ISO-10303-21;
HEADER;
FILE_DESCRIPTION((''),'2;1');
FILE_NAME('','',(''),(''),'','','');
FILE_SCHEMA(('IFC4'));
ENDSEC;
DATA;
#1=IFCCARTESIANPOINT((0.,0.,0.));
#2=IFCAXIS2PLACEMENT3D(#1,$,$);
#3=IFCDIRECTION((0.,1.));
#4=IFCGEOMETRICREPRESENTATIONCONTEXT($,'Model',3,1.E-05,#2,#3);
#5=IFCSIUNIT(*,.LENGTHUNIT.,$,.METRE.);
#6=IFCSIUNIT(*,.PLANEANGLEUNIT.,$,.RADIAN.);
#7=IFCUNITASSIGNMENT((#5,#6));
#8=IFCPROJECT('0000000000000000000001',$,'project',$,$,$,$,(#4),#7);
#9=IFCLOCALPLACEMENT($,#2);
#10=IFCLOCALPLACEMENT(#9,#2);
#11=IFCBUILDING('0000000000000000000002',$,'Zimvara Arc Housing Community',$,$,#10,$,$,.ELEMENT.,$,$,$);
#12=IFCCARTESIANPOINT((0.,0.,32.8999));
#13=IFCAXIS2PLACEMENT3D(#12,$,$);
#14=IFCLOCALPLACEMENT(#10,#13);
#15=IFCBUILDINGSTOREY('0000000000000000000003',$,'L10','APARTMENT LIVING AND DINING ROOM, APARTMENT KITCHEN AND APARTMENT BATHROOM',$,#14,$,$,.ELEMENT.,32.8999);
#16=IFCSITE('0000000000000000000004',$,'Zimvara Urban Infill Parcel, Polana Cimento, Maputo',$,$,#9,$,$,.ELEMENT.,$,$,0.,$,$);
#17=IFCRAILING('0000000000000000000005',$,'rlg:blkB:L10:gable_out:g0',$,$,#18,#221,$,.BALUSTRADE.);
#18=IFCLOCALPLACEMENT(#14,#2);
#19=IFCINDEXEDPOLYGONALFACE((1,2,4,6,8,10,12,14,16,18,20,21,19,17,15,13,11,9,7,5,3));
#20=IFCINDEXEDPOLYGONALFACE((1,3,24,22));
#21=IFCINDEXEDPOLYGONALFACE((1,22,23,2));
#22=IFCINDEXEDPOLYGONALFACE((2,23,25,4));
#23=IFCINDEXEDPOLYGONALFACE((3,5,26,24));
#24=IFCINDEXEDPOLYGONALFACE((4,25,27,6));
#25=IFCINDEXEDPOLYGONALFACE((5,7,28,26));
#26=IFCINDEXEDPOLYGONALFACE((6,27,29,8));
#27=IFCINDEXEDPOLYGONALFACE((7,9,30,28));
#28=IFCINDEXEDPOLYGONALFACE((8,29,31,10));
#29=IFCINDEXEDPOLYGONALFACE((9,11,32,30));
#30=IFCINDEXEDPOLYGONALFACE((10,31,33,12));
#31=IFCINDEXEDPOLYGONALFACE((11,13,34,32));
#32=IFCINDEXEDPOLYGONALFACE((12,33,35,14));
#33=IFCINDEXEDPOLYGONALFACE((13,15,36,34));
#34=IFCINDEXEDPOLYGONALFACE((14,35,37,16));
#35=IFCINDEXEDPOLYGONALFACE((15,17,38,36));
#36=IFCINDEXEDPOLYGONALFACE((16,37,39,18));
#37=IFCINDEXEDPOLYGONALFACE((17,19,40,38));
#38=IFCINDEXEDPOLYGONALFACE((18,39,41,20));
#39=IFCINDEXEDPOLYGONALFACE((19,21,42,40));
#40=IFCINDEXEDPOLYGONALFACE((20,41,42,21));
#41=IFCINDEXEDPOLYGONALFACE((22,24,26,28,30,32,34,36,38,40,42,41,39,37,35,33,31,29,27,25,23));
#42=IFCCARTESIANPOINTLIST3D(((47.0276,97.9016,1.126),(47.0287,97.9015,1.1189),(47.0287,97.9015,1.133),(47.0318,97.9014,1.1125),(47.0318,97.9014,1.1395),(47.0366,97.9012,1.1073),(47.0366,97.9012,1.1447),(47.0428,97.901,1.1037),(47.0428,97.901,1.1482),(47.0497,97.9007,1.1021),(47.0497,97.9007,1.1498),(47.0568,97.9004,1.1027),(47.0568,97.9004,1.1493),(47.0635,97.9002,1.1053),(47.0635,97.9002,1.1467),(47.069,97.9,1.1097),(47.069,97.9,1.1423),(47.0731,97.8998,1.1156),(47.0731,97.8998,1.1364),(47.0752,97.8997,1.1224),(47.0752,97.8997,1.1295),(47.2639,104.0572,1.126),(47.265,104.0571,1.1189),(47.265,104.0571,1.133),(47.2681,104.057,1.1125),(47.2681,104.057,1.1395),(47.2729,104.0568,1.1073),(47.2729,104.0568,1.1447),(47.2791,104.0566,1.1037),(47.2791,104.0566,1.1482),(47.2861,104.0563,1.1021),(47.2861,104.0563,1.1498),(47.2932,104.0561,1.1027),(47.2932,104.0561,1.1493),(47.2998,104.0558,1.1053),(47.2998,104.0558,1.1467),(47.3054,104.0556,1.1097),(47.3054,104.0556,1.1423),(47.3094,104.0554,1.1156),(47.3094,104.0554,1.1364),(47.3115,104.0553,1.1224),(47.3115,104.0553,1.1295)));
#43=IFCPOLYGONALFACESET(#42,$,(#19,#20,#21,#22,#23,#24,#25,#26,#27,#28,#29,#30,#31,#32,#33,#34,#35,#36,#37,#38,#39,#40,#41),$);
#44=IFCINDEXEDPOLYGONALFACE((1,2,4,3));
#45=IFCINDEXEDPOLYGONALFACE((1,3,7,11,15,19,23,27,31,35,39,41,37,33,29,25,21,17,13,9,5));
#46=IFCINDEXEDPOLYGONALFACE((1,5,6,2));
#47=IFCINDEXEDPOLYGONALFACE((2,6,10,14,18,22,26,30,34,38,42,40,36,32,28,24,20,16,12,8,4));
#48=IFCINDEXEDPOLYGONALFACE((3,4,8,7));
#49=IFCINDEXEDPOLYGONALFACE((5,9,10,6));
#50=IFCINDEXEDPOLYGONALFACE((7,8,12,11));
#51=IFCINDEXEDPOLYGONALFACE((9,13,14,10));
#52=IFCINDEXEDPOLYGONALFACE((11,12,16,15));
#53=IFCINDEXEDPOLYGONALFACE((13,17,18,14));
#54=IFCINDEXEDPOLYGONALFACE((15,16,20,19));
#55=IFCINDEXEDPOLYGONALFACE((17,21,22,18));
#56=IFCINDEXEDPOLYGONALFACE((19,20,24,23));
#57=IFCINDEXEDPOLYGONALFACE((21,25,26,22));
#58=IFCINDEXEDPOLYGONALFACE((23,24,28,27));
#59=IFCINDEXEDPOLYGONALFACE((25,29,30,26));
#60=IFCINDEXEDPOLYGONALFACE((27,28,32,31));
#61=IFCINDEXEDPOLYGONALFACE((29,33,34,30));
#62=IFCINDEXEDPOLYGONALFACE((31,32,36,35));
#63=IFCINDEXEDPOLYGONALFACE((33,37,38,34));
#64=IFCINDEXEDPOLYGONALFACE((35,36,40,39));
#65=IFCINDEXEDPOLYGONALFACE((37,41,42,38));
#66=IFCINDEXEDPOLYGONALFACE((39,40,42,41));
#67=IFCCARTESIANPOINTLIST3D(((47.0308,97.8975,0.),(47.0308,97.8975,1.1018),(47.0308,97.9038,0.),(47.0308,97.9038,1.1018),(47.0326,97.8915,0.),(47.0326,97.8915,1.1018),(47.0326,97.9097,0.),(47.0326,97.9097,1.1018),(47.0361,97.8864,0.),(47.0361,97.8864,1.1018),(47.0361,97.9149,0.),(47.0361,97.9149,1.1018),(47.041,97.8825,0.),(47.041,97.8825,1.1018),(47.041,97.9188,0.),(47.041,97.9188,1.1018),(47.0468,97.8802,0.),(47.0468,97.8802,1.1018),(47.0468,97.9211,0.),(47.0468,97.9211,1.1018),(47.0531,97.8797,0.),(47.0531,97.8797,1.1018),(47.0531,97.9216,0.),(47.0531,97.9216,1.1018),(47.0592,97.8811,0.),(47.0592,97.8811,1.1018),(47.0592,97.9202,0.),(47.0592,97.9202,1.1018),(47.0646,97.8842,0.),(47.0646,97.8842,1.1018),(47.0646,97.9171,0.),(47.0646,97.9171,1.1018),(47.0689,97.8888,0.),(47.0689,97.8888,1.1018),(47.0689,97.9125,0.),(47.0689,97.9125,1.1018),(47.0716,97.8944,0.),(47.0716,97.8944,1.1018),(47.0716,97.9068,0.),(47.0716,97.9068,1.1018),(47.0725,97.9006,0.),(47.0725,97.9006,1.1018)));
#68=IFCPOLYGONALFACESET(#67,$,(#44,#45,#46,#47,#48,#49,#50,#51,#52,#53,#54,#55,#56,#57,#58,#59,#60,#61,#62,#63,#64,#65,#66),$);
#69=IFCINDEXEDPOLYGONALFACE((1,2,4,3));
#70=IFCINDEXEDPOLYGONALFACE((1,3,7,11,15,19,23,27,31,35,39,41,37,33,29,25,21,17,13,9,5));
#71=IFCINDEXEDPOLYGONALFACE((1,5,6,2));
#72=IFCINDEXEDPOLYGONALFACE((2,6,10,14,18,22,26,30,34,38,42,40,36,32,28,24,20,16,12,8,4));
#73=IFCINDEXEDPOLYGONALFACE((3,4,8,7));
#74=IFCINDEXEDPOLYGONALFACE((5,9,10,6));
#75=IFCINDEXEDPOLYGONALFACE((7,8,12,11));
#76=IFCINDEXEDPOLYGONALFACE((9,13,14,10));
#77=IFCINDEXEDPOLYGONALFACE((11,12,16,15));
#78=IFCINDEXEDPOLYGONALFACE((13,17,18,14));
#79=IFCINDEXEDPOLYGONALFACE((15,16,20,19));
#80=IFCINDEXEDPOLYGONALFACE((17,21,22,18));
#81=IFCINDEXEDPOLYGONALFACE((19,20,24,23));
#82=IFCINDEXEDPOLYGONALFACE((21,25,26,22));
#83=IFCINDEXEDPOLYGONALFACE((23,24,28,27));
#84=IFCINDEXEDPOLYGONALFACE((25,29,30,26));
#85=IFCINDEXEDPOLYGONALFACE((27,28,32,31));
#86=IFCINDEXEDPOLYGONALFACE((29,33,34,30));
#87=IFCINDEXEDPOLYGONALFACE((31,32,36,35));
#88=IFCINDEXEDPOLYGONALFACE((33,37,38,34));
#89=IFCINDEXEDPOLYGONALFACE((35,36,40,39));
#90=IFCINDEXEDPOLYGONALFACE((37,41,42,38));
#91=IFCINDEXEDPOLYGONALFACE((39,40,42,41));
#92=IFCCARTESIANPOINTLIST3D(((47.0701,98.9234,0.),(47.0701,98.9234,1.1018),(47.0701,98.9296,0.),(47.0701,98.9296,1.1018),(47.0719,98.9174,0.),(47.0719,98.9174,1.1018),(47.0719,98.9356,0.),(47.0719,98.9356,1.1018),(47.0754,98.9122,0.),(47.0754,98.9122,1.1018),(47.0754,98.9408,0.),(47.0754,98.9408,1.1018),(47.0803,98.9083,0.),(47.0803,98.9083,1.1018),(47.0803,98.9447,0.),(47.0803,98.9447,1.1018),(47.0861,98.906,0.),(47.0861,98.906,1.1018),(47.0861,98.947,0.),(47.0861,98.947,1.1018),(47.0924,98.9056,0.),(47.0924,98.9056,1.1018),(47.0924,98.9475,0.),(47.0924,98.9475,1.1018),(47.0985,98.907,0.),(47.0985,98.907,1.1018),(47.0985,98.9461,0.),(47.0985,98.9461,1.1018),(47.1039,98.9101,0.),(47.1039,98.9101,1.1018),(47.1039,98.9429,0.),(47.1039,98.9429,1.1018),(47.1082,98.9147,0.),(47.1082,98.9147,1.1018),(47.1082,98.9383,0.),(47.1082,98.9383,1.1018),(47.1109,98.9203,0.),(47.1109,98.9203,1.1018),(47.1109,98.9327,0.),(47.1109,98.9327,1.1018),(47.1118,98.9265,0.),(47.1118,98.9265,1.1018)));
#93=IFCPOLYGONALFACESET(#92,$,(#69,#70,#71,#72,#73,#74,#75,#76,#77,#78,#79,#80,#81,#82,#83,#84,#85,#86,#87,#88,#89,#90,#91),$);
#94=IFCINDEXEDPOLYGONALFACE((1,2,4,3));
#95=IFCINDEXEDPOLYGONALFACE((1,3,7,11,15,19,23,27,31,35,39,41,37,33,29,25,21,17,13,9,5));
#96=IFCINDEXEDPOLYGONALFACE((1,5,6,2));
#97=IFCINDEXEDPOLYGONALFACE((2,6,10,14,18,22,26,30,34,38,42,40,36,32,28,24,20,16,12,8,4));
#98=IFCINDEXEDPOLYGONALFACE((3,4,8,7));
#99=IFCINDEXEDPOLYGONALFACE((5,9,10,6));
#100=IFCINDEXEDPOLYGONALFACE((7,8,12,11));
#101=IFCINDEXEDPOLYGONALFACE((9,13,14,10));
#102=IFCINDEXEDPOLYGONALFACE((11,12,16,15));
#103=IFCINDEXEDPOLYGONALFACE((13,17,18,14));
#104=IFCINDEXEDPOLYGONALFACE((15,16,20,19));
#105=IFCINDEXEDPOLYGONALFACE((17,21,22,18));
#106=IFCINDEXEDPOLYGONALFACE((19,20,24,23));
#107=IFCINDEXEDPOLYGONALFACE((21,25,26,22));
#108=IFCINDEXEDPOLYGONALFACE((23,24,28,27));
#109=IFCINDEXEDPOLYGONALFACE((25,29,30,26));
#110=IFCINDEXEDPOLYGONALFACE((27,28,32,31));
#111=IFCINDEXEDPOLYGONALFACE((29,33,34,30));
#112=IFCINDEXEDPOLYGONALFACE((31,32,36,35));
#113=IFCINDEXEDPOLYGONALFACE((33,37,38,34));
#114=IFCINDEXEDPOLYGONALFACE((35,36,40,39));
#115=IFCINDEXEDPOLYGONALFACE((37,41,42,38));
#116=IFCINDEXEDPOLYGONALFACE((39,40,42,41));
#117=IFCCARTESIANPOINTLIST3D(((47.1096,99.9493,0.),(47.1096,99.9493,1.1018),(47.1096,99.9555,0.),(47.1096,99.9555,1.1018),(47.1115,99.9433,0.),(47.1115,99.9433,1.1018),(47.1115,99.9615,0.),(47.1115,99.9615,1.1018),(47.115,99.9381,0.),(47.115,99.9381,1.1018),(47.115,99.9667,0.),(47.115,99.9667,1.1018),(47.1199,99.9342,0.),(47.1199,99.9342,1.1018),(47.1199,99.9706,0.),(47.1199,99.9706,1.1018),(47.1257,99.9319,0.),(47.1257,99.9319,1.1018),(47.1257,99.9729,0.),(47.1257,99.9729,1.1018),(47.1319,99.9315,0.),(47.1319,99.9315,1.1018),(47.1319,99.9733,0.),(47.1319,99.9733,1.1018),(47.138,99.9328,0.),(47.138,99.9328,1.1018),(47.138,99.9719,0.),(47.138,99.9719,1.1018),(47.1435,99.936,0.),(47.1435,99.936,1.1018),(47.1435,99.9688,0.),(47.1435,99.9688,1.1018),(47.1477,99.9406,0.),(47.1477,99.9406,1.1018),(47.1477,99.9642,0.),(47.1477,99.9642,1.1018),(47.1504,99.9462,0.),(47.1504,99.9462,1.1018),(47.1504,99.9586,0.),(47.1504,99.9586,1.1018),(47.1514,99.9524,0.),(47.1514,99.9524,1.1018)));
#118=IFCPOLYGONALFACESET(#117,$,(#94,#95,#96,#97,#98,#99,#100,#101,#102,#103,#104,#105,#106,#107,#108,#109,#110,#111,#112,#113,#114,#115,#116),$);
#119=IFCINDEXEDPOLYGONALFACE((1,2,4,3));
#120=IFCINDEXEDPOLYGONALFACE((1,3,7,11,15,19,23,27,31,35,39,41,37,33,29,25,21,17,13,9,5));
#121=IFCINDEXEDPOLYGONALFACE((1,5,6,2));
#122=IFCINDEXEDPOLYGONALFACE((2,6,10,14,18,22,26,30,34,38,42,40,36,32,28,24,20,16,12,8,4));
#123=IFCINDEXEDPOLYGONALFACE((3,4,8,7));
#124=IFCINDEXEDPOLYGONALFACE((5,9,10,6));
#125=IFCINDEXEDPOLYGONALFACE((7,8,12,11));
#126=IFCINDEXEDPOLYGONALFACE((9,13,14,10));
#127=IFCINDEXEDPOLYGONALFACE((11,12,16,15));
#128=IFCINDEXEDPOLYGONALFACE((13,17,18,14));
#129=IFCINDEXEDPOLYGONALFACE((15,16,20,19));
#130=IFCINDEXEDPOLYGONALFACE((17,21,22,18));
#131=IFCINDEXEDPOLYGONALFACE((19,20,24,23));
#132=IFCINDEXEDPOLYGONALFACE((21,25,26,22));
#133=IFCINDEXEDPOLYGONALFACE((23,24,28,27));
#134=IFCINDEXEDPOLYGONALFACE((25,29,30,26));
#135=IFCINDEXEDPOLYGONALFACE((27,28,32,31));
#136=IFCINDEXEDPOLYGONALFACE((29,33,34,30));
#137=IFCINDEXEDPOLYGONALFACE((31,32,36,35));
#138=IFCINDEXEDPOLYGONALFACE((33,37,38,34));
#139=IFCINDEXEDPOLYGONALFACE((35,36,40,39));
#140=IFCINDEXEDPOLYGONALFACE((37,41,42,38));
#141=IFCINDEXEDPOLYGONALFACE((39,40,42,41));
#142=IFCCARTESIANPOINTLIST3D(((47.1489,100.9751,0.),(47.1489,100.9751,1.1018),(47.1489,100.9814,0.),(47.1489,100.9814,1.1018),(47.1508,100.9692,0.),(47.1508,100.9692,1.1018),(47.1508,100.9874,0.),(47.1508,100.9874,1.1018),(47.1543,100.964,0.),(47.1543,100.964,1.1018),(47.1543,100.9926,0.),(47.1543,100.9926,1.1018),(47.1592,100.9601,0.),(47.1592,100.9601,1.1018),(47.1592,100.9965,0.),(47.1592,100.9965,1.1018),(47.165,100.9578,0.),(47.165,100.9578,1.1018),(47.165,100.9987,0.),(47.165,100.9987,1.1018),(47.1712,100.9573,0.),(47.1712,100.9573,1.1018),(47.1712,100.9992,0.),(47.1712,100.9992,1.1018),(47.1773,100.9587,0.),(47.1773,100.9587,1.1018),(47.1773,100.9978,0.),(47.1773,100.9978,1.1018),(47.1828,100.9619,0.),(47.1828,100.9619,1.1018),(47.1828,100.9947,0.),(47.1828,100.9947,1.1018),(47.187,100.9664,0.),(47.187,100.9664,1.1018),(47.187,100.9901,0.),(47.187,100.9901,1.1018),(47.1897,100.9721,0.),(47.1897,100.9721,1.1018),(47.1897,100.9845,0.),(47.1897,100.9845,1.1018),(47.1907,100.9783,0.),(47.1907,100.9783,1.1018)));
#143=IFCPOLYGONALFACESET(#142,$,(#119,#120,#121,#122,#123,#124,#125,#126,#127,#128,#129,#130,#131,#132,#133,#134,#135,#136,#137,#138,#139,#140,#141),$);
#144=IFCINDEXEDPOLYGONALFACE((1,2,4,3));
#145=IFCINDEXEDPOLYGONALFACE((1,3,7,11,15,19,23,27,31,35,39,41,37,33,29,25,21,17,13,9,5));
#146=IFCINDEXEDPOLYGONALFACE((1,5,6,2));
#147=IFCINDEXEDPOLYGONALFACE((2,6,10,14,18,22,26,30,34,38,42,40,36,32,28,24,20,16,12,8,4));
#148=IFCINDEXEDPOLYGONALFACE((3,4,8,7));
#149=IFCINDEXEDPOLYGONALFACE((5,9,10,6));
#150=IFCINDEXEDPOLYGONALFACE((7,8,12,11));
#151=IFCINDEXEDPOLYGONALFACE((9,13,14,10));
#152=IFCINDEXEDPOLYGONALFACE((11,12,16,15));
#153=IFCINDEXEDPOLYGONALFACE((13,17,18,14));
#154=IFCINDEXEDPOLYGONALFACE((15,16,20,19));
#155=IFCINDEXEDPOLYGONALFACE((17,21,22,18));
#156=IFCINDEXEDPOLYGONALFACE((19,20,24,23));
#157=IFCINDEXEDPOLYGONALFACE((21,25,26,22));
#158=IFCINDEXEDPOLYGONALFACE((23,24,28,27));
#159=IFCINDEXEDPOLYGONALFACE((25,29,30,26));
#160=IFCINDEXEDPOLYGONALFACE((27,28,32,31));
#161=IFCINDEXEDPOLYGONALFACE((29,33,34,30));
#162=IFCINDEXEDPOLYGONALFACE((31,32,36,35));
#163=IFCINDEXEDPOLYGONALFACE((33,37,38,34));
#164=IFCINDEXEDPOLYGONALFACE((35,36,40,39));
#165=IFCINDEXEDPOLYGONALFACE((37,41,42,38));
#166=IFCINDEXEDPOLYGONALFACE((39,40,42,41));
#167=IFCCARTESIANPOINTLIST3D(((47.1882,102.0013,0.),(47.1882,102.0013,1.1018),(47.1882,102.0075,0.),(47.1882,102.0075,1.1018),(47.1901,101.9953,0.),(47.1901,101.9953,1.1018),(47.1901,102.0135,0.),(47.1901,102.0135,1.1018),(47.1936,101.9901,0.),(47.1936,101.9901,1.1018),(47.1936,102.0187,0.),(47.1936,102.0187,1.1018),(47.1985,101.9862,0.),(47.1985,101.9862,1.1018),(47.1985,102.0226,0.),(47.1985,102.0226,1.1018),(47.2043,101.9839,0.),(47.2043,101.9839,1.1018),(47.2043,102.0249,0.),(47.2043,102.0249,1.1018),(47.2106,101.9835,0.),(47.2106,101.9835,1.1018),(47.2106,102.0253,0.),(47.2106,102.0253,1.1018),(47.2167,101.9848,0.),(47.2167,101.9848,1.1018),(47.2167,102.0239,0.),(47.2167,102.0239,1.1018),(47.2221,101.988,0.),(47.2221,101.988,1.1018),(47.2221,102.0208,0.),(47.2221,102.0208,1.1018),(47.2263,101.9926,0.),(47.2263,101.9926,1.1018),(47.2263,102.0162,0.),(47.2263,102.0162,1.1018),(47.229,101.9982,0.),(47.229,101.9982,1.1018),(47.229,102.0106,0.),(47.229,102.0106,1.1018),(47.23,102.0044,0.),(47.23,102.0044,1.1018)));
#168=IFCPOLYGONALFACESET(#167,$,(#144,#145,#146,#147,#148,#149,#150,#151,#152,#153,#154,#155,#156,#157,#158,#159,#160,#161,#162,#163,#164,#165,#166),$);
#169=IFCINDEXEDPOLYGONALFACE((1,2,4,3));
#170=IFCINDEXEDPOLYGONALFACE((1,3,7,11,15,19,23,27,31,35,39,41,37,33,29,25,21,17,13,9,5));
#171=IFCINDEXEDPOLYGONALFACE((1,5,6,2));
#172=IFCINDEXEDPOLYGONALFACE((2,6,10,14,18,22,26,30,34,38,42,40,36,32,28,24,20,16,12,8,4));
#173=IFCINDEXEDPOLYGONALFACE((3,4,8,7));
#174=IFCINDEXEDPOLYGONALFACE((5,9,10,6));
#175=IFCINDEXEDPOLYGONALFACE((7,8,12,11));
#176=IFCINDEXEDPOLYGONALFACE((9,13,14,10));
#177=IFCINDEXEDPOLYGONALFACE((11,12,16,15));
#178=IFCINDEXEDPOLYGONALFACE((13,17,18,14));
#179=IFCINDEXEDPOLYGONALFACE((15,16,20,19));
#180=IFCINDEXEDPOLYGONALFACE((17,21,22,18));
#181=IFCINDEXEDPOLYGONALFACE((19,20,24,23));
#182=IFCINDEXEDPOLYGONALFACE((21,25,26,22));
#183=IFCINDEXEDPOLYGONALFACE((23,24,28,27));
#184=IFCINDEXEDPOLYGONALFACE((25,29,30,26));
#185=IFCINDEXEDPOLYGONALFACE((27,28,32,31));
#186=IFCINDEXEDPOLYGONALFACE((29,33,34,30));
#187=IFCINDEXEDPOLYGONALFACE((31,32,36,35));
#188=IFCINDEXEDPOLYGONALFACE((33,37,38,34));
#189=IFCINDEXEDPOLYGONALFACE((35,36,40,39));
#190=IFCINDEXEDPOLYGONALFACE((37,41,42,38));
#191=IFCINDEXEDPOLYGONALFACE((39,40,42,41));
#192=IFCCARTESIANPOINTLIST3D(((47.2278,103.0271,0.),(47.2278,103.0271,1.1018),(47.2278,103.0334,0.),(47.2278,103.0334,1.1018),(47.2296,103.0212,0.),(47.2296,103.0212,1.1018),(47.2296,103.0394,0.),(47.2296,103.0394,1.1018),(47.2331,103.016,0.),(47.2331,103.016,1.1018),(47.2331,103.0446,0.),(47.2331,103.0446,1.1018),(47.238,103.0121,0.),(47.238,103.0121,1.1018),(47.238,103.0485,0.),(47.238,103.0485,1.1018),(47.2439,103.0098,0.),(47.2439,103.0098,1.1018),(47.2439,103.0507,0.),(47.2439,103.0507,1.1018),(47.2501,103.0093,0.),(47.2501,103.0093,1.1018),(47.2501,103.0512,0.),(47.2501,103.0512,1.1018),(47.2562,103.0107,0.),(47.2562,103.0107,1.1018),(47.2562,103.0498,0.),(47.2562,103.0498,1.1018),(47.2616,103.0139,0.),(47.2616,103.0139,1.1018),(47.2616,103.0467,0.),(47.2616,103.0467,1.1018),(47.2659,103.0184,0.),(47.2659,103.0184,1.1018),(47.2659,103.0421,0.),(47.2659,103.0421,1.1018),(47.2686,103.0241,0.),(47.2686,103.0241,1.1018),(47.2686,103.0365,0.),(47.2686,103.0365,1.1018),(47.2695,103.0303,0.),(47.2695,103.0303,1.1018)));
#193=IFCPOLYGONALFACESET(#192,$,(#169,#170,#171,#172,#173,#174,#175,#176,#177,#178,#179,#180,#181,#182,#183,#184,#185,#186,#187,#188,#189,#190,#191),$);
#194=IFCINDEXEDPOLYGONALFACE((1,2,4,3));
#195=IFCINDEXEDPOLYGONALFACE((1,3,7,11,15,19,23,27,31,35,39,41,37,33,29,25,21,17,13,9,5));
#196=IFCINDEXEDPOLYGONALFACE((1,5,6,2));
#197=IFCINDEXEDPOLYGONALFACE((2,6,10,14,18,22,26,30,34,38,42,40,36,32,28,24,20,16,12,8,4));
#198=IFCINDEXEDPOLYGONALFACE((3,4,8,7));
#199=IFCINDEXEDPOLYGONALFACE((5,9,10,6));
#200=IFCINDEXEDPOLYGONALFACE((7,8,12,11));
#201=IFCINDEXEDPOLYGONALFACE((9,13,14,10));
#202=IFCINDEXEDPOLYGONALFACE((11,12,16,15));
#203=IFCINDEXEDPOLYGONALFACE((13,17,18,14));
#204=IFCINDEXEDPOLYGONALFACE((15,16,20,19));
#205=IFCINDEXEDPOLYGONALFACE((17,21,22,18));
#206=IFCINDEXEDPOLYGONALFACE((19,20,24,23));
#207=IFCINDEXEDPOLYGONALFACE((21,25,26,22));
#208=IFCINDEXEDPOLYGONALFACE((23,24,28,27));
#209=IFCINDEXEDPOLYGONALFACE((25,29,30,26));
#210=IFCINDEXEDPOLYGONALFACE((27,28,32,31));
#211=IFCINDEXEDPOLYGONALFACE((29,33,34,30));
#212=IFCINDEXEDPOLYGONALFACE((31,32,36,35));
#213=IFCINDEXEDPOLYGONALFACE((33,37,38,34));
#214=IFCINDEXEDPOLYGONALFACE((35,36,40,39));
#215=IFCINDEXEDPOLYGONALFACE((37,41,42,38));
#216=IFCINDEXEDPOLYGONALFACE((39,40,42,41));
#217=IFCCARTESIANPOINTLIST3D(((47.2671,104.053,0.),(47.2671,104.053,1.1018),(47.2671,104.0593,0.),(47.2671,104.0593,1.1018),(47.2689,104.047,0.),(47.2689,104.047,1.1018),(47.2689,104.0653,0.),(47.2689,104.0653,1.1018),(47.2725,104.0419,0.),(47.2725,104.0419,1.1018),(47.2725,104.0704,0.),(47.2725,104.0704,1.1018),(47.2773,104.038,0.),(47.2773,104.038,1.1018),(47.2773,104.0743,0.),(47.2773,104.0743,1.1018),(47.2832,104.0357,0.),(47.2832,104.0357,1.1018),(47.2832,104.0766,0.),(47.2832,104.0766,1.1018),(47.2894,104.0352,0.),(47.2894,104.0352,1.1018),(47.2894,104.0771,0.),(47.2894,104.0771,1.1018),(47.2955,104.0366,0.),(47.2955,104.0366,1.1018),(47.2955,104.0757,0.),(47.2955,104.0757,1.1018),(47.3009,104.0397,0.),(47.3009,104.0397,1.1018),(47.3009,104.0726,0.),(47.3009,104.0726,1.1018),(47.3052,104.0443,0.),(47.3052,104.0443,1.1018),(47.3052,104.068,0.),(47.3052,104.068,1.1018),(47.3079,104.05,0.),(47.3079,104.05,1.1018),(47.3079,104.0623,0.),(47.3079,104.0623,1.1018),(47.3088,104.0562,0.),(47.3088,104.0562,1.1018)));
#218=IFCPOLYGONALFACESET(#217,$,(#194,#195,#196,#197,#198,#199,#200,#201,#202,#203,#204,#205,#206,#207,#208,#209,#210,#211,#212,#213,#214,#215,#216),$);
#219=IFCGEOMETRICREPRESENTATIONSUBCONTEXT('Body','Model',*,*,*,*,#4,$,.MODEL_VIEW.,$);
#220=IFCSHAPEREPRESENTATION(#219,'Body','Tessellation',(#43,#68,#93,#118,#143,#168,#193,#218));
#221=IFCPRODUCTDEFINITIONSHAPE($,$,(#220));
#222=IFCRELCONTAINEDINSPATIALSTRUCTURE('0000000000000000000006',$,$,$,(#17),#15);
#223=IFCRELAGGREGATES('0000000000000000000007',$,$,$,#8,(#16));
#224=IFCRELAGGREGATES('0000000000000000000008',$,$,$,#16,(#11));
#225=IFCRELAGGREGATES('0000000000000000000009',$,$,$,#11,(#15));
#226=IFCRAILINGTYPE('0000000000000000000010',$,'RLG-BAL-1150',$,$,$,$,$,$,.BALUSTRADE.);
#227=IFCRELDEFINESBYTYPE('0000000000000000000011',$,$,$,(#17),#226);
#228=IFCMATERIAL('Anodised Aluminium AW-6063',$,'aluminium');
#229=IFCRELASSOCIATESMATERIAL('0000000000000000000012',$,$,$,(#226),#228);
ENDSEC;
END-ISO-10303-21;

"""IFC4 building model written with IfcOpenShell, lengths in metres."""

from ifc_helpers import new_model, si_unit, direction, frame, origin, origin_2d, place, context, subcontext, project, spatial, circle, extrude, material, type_object, element, save


model = new_model("IFC4")

# Units and contexts
model_context = context("Model", 3, precision=1e-05, world=origin(), true_north=direction((0.0, 1.0)))
body_context = subcontext(model_context, "Body", "Model", "MODEL_VIEW")
ifc_project = project(units=[si_unit("LENGTHUNIT", "METRE"), si_unit("PLANEANGLEUNIT", "RADIAN")], contexts=[model_context])

# Site, building, storey
site_placement = place(None, origin())
site = spatial("IfcSite", under=ifc_project, at=site_placement, Name="Zimvara Urban Infill Parcel, Polana Cimento, Maputo", CompositionType="ELEMENT", RefElevation=0.0)
building_placement = place(site_placement, origin())
building = spatial("IfcBuilding", under=site, at=building_placement, Name="Zimvara Arc Housing Community", CompositionType="ELEMENT")
storey_placement = place(building_placement, frame((0.0, 0.0, 32.8999)))
storey = spatial("IfcBuildingStorey", under=building, at=storey_placement, Name="L10", Description="APARTMENT LIVING AND DINING ROOM, APARTMENT KITCHEN AND APARTMENT BATHROOM", CompositionType="ELEMENT", Elevation=32.8999)

# Railing
ifc_material_1 = material(Name="Anodised Aluminium AW-6063", Category="aluminium")
railing_type = type_object("IfcRailingType", Name="RLG-BAL-1150", PredefinedType="BALUSTRADE", material=ifc_material_1)
railing_1_placement = place(storey_placement, frame((47.0515, 97.9006, 0.0)))
element("IfcRailing", 1, at=railing_1_placement, inside=storey, type_object=railing_type, Name="rlg:blkB:L10:gable_out:g0", PredefinedType="BALUSTRADE", context=body_context, shape_type="SweptSolid", body=[
    extrude(circle(Radius=0.0239, at=origin_2d()), frame((0.0, 0.0, 1.126), z_axis=(0.038365, 0.999264, 0.0), x_axis=(-0.999264, 0.038365, 0.0)), (0.0, 0.0, 1.0), 6.1602),
    extrude(circle(Radius=0.021, at=origin_2d()), origin(), (0.0, 0.0, 1.0), 1.1018),
    extrude(circle(Radius=0.021, at=origin_2d()), frame((0.0393, 1.0259, 0.0)), (0.0, 0.0, 1.0), 1.1018),
    extrude(circle(Radius=0.021, at=origin_2d()), frame((0.0789, 2.0518, 0.0)), (0.0, 0.0, 1.0), 1.1018),
    extrude(circle(Radius=0.021, at=origin_2d()), frame((0.1182, 3.0776, 0.0)), (0.0, 0.0, 1.0), 1.1018),
    extrude(circle(Radius=0.021, at=origin_2d()), frame((0.1575, 4.1038, 0.0)), (0.0, 0.0, 1.0), 1.1018),
    extrude(circle(Radius=0.021, at=origin_2d()), frame((0.197, 5.1296, 0.0)), (0.0, 0.0, 1.0), 1.1018),
    extrude(circle(Radius=0.021, at=origin_2d()), frame((0.2363, 6.1555, 0.0)), (0.0, 0.0, 1.0), 1.1018),
])

save(model, "model.ifc")
